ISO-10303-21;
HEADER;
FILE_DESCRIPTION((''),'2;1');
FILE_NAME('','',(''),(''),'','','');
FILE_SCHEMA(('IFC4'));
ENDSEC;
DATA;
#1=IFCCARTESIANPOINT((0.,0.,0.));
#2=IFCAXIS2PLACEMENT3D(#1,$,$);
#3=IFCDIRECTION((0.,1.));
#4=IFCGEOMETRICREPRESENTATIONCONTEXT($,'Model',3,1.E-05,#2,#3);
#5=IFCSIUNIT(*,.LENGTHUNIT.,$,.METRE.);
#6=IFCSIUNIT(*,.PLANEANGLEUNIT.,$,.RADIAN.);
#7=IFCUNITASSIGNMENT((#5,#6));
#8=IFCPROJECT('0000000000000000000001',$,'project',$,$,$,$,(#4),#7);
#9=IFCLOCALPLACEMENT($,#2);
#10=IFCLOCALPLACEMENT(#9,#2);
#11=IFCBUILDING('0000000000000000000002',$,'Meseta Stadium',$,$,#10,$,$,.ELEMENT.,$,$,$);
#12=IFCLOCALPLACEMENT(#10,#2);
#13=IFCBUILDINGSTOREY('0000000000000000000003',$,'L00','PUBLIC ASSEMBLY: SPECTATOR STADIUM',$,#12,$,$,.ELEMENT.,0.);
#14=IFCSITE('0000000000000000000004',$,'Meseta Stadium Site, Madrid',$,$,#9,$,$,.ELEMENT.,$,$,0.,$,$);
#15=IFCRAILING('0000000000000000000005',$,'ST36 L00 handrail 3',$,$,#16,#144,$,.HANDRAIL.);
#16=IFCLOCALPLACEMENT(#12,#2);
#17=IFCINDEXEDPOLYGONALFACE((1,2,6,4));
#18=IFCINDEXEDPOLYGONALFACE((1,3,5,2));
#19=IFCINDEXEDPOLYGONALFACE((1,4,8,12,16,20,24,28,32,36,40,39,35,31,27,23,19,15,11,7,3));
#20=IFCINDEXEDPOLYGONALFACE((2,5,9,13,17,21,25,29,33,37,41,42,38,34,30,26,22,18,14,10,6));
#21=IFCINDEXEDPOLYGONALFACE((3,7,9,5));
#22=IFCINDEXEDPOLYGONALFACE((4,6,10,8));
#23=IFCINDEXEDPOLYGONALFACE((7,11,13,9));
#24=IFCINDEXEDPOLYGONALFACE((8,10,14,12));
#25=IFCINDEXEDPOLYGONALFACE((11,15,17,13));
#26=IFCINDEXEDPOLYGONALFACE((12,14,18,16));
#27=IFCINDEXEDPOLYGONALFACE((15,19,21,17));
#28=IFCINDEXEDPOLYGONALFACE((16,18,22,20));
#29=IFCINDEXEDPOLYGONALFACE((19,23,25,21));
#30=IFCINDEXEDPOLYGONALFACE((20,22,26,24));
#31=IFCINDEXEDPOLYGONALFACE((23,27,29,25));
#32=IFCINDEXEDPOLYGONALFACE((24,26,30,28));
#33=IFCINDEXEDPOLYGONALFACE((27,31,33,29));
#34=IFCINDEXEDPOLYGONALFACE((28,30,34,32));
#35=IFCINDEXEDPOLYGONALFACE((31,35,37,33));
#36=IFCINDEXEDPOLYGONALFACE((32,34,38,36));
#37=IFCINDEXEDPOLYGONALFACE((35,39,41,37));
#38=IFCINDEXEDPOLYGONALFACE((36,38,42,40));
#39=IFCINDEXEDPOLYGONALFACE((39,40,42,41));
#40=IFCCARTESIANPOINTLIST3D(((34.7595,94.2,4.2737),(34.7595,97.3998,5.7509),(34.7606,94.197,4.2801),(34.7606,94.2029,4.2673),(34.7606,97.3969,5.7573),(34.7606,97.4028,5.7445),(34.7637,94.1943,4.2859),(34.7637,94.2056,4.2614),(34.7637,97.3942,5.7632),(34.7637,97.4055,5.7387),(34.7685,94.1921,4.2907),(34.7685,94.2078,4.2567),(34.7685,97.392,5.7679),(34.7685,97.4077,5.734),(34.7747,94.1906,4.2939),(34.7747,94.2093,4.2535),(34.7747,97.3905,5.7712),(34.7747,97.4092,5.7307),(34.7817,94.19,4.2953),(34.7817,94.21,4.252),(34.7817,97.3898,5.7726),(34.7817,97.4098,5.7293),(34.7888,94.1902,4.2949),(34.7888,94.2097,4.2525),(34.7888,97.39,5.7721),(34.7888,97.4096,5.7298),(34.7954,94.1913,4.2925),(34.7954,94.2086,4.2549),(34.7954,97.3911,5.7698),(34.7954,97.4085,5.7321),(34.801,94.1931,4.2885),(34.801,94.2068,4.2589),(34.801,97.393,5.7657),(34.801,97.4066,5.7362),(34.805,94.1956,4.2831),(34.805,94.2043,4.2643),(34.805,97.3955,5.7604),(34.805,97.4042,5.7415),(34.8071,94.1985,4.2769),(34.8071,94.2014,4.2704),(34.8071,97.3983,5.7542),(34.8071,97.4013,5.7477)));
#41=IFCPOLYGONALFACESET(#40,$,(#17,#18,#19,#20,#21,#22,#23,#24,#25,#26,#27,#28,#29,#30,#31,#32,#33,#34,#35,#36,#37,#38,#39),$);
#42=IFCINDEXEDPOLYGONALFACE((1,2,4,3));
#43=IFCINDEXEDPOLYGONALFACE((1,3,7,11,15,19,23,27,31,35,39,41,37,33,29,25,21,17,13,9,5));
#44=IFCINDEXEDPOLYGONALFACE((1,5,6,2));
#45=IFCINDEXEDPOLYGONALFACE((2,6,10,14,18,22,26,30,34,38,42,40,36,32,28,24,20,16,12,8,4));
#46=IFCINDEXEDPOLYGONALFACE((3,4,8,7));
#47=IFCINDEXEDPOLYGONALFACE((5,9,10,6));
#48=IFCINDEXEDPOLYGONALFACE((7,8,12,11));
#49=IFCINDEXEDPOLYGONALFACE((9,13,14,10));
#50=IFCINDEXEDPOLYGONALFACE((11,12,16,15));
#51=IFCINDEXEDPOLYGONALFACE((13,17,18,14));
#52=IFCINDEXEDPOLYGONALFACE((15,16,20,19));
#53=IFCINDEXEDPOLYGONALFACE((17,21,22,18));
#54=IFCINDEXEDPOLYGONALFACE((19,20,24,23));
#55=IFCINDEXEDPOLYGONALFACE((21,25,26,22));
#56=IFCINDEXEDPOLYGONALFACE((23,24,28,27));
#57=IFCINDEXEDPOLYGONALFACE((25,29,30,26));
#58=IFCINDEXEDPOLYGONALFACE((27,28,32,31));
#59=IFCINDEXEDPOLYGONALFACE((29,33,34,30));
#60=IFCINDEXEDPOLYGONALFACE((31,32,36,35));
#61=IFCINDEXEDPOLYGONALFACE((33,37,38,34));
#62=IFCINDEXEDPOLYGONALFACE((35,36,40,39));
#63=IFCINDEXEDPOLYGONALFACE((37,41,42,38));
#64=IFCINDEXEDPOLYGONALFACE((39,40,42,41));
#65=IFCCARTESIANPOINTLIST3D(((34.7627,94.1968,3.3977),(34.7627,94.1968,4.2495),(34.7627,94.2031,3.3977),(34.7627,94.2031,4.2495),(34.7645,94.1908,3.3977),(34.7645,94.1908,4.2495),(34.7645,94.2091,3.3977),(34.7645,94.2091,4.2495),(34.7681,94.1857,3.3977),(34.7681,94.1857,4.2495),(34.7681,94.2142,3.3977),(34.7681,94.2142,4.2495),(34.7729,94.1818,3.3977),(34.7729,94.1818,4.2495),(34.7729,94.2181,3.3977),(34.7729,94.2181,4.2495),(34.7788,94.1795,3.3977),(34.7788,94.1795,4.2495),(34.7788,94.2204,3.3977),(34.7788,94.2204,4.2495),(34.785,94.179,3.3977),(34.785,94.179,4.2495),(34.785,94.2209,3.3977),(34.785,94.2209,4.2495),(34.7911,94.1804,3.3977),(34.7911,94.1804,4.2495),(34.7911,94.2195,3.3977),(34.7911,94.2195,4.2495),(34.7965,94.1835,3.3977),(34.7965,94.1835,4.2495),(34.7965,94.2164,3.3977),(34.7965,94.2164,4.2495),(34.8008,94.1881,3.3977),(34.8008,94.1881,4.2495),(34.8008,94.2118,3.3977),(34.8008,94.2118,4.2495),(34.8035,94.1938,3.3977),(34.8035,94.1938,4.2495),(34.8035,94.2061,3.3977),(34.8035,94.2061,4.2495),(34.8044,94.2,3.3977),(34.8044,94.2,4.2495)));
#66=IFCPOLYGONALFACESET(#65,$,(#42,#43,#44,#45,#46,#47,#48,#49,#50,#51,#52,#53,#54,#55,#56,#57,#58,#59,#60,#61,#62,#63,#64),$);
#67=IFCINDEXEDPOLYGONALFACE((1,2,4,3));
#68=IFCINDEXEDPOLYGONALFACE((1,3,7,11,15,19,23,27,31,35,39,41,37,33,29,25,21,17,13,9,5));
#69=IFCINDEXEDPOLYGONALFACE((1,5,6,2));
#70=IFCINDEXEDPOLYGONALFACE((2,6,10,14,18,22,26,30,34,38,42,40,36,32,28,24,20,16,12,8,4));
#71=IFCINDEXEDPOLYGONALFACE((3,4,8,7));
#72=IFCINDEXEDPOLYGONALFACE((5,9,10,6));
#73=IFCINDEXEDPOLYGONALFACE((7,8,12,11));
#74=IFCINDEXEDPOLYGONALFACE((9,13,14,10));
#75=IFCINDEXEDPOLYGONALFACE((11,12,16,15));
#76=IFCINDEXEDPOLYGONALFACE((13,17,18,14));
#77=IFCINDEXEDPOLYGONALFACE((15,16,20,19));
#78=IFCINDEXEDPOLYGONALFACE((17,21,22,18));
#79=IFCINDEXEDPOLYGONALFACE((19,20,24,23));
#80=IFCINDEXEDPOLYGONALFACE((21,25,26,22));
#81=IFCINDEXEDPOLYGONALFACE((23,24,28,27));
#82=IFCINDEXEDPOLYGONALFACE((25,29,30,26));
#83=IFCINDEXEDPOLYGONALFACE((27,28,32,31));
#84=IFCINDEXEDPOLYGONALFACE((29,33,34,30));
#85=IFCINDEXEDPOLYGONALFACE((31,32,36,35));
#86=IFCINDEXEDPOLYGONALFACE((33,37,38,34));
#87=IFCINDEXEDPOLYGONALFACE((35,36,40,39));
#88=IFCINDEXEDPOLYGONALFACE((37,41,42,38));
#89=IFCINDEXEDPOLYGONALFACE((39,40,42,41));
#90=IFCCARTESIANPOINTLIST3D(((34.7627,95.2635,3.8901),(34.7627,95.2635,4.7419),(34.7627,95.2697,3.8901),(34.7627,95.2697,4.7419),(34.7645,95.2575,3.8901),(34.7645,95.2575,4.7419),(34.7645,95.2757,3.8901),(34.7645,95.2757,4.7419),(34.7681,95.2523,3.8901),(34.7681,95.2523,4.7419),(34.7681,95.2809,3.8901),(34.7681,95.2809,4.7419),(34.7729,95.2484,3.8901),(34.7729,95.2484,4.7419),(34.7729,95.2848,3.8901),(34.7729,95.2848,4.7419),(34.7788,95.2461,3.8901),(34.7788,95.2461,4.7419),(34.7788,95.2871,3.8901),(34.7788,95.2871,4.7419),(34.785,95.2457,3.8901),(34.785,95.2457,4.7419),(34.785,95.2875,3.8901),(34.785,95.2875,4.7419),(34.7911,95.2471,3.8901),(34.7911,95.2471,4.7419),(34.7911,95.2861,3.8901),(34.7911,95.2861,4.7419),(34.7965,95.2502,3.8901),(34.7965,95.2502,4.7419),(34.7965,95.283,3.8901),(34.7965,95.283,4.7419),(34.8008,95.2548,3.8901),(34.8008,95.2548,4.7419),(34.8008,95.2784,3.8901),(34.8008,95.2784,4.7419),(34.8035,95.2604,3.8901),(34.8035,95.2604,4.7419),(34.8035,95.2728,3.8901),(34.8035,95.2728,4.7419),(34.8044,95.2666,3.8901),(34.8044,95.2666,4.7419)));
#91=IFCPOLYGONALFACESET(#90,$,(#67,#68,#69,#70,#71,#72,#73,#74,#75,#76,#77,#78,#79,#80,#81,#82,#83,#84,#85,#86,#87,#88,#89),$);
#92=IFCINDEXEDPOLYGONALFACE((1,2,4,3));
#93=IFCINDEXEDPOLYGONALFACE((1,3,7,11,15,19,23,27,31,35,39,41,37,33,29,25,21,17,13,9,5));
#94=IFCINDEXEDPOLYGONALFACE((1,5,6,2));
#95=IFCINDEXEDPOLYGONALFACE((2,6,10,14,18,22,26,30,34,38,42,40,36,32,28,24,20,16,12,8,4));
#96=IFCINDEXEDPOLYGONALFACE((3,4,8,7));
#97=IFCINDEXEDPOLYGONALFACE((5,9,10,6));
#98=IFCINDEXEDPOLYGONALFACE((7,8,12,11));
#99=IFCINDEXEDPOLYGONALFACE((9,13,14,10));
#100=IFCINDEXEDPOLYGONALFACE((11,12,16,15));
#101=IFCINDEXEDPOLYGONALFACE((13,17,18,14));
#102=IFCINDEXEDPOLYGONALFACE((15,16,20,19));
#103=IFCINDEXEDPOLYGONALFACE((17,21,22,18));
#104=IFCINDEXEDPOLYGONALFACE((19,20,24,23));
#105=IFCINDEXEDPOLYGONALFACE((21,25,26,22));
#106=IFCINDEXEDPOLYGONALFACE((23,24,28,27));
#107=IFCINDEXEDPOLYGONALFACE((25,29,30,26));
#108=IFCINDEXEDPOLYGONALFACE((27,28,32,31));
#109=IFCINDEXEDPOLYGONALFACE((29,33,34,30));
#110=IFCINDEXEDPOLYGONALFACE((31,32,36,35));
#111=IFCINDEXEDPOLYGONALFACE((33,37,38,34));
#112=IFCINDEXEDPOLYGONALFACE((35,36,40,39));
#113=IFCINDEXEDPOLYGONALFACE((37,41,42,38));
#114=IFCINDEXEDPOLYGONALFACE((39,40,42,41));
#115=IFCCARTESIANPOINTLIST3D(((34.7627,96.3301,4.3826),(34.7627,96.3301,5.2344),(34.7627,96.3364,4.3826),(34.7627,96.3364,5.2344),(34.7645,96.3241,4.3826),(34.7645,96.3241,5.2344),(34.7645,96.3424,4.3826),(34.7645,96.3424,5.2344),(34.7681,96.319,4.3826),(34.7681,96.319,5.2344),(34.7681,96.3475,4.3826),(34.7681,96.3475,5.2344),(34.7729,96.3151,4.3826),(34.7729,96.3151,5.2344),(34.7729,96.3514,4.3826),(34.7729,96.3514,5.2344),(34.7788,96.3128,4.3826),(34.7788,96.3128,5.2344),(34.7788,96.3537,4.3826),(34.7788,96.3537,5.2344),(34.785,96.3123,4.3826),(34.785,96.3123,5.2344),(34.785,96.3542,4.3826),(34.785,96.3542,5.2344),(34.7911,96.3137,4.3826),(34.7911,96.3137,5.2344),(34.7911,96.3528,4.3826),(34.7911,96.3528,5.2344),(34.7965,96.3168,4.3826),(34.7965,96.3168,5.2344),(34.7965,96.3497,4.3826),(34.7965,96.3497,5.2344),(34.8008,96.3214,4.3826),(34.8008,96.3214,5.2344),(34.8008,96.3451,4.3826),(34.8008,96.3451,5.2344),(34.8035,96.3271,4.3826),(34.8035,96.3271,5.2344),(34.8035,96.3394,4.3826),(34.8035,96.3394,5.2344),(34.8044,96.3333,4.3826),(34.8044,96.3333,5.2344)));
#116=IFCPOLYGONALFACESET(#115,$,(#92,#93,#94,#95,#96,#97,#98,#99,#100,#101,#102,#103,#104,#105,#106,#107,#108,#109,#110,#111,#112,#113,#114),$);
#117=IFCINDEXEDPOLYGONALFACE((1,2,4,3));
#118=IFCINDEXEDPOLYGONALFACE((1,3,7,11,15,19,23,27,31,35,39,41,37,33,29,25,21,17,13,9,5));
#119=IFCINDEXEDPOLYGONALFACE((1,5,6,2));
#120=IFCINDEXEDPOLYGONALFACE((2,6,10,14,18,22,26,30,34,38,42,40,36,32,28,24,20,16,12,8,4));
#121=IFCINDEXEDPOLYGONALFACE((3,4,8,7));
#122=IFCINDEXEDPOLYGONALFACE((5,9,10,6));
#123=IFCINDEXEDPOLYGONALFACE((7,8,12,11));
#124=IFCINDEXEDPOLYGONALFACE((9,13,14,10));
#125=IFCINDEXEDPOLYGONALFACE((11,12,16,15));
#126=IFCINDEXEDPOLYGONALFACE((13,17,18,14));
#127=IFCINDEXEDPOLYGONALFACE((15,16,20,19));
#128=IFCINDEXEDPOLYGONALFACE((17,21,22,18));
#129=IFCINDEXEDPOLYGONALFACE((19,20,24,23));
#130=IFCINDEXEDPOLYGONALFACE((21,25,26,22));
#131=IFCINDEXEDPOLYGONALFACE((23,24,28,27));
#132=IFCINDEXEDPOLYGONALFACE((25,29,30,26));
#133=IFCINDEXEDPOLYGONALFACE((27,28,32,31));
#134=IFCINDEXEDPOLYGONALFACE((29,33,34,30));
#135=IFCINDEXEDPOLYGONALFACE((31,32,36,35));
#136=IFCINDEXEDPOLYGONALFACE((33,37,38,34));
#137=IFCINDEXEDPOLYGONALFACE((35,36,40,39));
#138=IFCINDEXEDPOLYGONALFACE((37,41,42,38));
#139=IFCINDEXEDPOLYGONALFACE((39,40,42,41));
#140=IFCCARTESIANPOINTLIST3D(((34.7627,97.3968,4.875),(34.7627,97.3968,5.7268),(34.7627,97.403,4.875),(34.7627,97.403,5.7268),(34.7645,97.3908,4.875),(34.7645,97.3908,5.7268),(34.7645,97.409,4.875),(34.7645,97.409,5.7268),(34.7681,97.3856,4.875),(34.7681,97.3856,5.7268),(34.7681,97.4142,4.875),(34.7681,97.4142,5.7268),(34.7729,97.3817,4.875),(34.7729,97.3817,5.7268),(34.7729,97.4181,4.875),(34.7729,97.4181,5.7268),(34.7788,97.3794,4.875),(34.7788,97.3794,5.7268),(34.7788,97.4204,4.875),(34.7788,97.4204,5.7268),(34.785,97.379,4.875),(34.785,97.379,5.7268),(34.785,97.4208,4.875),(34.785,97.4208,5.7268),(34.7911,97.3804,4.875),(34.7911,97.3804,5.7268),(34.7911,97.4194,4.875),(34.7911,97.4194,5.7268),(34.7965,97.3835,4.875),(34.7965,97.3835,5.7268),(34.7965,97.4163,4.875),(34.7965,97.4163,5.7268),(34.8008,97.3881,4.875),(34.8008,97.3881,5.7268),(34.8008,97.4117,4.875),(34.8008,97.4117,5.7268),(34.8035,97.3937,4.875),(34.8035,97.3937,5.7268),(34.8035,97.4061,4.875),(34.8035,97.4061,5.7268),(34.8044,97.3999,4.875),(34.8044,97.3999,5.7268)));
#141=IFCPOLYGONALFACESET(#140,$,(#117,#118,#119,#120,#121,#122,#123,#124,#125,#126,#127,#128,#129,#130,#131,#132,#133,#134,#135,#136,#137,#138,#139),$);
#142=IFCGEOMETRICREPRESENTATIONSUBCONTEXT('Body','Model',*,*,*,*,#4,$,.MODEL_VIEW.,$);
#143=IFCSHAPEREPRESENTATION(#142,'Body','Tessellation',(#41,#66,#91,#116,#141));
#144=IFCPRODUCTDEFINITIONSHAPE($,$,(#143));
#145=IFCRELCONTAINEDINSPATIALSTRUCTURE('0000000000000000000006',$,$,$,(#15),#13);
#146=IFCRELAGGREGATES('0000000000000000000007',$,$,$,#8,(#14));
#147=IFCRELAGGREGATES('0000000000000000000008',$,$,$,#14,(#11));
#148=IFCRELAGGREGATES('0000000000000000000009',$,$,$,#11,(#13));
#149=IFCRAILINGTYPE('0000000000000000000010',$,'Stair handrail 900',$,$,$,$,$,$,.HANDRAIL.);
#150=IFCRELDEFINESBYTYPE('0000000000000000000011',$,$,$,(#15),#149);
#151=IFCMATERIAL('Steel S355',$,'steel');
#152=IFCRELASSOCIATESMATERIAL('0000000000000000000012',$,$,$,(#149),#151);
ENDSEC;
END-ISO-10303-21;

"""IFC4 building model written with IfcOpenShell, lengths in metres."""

from ifc_helpers import new_model, si_unit, direction, frame, origin, origin_2d, place, context, subcontext, project, spatial, circle, extrude, material, type_object, element, save


model = new_model("IFC4")

# Units and contexts
model_context = context("Model", 3, precision=1e-05, world=origin(), true_north=direction((0.0, 1.0)))
body_context = subcontext(model_context, "Body", "Model", "MODEL_VIEW")
ifc_project = project(units=[si_unit("LENGTHUNIT", "METRE"), si_unit("PLANEANGLEUNIT", "RADIAN")], contexts=[model_context])

# Site, building, storey
site_placement = place(None, origin())
site = spatial("IfcSite", under=ifc_project, at=site_placement, Name="Meseta Stadium Site, Madrid", CompositionType="ELEMENT", RefElevation=0.0)
building_placement = place(site_placement, origin())
building = spatial("IfcBuilding", under=site, at=building_placement, Name="Meseta Stadium", CompositionType="ELEMENT")
storey_placement = place(building_placement, origin())
storey = spatial("IfcBuildingStorey", under=building, at=storey_placement, Name="L00", Description="PUBLIC ASSEMBLY: SPECTATOR STADIUM", CompositionType="ELEMENT", Elevation=0.0)

# Railing
ifc_material_1 = material(Name="Steel S355", Category="steel")
railing_type_1 = type_object("IfcRailingType", Name="Stair handrail 900", PredefinedType="HANDRAIL", material=ifc_material_1)
for number, where, name in (
    (1, (34.7834, 94.2, 3.3977), "ST36 L00 handrail 3"),
):
    element("IfcRailing", number, at=place(storey_placement, frame(where)), inside=storey, type_object=railing_type_1, Name=name, PredefinedType="HANDRAIL", context=body_context, shape_type="SweptSolid", body=[
        extrude(circle(Radius=0.0239, at=origin_2d()), frame((0.0, 0.0, 0.876), z_axis=(0.0, 0.907917, 0.41915), x_axis=(-1.0, 0.0, 0.0)), (0.0, 0.0, 1.0), 3.5244),
        extrude(circle(Radius=0.021, at=origin_2d()), origin(), (0.0, 0.0, 1.0), 0.8518),
        extrude(circle(Radius=0.021, at=origin_2d()), frame((0.0, 1.0667, 0.4924)), (0.0, 0.0, 1.0), 0.8518),
        extrude(circle(Radius=0.021, at=origin_2d()), frame((0.0, 2.1333, 0.9849)), (0.0, 0.0, 1.0), 0.8518),
        extrude(circle(Radius=0.021, at=origin_2d()), frame((0.0, 3.2, 1.4773)), (0.0, 0.0, 1.0), 0.8518),
    ])

save(model, "model.ifc")
